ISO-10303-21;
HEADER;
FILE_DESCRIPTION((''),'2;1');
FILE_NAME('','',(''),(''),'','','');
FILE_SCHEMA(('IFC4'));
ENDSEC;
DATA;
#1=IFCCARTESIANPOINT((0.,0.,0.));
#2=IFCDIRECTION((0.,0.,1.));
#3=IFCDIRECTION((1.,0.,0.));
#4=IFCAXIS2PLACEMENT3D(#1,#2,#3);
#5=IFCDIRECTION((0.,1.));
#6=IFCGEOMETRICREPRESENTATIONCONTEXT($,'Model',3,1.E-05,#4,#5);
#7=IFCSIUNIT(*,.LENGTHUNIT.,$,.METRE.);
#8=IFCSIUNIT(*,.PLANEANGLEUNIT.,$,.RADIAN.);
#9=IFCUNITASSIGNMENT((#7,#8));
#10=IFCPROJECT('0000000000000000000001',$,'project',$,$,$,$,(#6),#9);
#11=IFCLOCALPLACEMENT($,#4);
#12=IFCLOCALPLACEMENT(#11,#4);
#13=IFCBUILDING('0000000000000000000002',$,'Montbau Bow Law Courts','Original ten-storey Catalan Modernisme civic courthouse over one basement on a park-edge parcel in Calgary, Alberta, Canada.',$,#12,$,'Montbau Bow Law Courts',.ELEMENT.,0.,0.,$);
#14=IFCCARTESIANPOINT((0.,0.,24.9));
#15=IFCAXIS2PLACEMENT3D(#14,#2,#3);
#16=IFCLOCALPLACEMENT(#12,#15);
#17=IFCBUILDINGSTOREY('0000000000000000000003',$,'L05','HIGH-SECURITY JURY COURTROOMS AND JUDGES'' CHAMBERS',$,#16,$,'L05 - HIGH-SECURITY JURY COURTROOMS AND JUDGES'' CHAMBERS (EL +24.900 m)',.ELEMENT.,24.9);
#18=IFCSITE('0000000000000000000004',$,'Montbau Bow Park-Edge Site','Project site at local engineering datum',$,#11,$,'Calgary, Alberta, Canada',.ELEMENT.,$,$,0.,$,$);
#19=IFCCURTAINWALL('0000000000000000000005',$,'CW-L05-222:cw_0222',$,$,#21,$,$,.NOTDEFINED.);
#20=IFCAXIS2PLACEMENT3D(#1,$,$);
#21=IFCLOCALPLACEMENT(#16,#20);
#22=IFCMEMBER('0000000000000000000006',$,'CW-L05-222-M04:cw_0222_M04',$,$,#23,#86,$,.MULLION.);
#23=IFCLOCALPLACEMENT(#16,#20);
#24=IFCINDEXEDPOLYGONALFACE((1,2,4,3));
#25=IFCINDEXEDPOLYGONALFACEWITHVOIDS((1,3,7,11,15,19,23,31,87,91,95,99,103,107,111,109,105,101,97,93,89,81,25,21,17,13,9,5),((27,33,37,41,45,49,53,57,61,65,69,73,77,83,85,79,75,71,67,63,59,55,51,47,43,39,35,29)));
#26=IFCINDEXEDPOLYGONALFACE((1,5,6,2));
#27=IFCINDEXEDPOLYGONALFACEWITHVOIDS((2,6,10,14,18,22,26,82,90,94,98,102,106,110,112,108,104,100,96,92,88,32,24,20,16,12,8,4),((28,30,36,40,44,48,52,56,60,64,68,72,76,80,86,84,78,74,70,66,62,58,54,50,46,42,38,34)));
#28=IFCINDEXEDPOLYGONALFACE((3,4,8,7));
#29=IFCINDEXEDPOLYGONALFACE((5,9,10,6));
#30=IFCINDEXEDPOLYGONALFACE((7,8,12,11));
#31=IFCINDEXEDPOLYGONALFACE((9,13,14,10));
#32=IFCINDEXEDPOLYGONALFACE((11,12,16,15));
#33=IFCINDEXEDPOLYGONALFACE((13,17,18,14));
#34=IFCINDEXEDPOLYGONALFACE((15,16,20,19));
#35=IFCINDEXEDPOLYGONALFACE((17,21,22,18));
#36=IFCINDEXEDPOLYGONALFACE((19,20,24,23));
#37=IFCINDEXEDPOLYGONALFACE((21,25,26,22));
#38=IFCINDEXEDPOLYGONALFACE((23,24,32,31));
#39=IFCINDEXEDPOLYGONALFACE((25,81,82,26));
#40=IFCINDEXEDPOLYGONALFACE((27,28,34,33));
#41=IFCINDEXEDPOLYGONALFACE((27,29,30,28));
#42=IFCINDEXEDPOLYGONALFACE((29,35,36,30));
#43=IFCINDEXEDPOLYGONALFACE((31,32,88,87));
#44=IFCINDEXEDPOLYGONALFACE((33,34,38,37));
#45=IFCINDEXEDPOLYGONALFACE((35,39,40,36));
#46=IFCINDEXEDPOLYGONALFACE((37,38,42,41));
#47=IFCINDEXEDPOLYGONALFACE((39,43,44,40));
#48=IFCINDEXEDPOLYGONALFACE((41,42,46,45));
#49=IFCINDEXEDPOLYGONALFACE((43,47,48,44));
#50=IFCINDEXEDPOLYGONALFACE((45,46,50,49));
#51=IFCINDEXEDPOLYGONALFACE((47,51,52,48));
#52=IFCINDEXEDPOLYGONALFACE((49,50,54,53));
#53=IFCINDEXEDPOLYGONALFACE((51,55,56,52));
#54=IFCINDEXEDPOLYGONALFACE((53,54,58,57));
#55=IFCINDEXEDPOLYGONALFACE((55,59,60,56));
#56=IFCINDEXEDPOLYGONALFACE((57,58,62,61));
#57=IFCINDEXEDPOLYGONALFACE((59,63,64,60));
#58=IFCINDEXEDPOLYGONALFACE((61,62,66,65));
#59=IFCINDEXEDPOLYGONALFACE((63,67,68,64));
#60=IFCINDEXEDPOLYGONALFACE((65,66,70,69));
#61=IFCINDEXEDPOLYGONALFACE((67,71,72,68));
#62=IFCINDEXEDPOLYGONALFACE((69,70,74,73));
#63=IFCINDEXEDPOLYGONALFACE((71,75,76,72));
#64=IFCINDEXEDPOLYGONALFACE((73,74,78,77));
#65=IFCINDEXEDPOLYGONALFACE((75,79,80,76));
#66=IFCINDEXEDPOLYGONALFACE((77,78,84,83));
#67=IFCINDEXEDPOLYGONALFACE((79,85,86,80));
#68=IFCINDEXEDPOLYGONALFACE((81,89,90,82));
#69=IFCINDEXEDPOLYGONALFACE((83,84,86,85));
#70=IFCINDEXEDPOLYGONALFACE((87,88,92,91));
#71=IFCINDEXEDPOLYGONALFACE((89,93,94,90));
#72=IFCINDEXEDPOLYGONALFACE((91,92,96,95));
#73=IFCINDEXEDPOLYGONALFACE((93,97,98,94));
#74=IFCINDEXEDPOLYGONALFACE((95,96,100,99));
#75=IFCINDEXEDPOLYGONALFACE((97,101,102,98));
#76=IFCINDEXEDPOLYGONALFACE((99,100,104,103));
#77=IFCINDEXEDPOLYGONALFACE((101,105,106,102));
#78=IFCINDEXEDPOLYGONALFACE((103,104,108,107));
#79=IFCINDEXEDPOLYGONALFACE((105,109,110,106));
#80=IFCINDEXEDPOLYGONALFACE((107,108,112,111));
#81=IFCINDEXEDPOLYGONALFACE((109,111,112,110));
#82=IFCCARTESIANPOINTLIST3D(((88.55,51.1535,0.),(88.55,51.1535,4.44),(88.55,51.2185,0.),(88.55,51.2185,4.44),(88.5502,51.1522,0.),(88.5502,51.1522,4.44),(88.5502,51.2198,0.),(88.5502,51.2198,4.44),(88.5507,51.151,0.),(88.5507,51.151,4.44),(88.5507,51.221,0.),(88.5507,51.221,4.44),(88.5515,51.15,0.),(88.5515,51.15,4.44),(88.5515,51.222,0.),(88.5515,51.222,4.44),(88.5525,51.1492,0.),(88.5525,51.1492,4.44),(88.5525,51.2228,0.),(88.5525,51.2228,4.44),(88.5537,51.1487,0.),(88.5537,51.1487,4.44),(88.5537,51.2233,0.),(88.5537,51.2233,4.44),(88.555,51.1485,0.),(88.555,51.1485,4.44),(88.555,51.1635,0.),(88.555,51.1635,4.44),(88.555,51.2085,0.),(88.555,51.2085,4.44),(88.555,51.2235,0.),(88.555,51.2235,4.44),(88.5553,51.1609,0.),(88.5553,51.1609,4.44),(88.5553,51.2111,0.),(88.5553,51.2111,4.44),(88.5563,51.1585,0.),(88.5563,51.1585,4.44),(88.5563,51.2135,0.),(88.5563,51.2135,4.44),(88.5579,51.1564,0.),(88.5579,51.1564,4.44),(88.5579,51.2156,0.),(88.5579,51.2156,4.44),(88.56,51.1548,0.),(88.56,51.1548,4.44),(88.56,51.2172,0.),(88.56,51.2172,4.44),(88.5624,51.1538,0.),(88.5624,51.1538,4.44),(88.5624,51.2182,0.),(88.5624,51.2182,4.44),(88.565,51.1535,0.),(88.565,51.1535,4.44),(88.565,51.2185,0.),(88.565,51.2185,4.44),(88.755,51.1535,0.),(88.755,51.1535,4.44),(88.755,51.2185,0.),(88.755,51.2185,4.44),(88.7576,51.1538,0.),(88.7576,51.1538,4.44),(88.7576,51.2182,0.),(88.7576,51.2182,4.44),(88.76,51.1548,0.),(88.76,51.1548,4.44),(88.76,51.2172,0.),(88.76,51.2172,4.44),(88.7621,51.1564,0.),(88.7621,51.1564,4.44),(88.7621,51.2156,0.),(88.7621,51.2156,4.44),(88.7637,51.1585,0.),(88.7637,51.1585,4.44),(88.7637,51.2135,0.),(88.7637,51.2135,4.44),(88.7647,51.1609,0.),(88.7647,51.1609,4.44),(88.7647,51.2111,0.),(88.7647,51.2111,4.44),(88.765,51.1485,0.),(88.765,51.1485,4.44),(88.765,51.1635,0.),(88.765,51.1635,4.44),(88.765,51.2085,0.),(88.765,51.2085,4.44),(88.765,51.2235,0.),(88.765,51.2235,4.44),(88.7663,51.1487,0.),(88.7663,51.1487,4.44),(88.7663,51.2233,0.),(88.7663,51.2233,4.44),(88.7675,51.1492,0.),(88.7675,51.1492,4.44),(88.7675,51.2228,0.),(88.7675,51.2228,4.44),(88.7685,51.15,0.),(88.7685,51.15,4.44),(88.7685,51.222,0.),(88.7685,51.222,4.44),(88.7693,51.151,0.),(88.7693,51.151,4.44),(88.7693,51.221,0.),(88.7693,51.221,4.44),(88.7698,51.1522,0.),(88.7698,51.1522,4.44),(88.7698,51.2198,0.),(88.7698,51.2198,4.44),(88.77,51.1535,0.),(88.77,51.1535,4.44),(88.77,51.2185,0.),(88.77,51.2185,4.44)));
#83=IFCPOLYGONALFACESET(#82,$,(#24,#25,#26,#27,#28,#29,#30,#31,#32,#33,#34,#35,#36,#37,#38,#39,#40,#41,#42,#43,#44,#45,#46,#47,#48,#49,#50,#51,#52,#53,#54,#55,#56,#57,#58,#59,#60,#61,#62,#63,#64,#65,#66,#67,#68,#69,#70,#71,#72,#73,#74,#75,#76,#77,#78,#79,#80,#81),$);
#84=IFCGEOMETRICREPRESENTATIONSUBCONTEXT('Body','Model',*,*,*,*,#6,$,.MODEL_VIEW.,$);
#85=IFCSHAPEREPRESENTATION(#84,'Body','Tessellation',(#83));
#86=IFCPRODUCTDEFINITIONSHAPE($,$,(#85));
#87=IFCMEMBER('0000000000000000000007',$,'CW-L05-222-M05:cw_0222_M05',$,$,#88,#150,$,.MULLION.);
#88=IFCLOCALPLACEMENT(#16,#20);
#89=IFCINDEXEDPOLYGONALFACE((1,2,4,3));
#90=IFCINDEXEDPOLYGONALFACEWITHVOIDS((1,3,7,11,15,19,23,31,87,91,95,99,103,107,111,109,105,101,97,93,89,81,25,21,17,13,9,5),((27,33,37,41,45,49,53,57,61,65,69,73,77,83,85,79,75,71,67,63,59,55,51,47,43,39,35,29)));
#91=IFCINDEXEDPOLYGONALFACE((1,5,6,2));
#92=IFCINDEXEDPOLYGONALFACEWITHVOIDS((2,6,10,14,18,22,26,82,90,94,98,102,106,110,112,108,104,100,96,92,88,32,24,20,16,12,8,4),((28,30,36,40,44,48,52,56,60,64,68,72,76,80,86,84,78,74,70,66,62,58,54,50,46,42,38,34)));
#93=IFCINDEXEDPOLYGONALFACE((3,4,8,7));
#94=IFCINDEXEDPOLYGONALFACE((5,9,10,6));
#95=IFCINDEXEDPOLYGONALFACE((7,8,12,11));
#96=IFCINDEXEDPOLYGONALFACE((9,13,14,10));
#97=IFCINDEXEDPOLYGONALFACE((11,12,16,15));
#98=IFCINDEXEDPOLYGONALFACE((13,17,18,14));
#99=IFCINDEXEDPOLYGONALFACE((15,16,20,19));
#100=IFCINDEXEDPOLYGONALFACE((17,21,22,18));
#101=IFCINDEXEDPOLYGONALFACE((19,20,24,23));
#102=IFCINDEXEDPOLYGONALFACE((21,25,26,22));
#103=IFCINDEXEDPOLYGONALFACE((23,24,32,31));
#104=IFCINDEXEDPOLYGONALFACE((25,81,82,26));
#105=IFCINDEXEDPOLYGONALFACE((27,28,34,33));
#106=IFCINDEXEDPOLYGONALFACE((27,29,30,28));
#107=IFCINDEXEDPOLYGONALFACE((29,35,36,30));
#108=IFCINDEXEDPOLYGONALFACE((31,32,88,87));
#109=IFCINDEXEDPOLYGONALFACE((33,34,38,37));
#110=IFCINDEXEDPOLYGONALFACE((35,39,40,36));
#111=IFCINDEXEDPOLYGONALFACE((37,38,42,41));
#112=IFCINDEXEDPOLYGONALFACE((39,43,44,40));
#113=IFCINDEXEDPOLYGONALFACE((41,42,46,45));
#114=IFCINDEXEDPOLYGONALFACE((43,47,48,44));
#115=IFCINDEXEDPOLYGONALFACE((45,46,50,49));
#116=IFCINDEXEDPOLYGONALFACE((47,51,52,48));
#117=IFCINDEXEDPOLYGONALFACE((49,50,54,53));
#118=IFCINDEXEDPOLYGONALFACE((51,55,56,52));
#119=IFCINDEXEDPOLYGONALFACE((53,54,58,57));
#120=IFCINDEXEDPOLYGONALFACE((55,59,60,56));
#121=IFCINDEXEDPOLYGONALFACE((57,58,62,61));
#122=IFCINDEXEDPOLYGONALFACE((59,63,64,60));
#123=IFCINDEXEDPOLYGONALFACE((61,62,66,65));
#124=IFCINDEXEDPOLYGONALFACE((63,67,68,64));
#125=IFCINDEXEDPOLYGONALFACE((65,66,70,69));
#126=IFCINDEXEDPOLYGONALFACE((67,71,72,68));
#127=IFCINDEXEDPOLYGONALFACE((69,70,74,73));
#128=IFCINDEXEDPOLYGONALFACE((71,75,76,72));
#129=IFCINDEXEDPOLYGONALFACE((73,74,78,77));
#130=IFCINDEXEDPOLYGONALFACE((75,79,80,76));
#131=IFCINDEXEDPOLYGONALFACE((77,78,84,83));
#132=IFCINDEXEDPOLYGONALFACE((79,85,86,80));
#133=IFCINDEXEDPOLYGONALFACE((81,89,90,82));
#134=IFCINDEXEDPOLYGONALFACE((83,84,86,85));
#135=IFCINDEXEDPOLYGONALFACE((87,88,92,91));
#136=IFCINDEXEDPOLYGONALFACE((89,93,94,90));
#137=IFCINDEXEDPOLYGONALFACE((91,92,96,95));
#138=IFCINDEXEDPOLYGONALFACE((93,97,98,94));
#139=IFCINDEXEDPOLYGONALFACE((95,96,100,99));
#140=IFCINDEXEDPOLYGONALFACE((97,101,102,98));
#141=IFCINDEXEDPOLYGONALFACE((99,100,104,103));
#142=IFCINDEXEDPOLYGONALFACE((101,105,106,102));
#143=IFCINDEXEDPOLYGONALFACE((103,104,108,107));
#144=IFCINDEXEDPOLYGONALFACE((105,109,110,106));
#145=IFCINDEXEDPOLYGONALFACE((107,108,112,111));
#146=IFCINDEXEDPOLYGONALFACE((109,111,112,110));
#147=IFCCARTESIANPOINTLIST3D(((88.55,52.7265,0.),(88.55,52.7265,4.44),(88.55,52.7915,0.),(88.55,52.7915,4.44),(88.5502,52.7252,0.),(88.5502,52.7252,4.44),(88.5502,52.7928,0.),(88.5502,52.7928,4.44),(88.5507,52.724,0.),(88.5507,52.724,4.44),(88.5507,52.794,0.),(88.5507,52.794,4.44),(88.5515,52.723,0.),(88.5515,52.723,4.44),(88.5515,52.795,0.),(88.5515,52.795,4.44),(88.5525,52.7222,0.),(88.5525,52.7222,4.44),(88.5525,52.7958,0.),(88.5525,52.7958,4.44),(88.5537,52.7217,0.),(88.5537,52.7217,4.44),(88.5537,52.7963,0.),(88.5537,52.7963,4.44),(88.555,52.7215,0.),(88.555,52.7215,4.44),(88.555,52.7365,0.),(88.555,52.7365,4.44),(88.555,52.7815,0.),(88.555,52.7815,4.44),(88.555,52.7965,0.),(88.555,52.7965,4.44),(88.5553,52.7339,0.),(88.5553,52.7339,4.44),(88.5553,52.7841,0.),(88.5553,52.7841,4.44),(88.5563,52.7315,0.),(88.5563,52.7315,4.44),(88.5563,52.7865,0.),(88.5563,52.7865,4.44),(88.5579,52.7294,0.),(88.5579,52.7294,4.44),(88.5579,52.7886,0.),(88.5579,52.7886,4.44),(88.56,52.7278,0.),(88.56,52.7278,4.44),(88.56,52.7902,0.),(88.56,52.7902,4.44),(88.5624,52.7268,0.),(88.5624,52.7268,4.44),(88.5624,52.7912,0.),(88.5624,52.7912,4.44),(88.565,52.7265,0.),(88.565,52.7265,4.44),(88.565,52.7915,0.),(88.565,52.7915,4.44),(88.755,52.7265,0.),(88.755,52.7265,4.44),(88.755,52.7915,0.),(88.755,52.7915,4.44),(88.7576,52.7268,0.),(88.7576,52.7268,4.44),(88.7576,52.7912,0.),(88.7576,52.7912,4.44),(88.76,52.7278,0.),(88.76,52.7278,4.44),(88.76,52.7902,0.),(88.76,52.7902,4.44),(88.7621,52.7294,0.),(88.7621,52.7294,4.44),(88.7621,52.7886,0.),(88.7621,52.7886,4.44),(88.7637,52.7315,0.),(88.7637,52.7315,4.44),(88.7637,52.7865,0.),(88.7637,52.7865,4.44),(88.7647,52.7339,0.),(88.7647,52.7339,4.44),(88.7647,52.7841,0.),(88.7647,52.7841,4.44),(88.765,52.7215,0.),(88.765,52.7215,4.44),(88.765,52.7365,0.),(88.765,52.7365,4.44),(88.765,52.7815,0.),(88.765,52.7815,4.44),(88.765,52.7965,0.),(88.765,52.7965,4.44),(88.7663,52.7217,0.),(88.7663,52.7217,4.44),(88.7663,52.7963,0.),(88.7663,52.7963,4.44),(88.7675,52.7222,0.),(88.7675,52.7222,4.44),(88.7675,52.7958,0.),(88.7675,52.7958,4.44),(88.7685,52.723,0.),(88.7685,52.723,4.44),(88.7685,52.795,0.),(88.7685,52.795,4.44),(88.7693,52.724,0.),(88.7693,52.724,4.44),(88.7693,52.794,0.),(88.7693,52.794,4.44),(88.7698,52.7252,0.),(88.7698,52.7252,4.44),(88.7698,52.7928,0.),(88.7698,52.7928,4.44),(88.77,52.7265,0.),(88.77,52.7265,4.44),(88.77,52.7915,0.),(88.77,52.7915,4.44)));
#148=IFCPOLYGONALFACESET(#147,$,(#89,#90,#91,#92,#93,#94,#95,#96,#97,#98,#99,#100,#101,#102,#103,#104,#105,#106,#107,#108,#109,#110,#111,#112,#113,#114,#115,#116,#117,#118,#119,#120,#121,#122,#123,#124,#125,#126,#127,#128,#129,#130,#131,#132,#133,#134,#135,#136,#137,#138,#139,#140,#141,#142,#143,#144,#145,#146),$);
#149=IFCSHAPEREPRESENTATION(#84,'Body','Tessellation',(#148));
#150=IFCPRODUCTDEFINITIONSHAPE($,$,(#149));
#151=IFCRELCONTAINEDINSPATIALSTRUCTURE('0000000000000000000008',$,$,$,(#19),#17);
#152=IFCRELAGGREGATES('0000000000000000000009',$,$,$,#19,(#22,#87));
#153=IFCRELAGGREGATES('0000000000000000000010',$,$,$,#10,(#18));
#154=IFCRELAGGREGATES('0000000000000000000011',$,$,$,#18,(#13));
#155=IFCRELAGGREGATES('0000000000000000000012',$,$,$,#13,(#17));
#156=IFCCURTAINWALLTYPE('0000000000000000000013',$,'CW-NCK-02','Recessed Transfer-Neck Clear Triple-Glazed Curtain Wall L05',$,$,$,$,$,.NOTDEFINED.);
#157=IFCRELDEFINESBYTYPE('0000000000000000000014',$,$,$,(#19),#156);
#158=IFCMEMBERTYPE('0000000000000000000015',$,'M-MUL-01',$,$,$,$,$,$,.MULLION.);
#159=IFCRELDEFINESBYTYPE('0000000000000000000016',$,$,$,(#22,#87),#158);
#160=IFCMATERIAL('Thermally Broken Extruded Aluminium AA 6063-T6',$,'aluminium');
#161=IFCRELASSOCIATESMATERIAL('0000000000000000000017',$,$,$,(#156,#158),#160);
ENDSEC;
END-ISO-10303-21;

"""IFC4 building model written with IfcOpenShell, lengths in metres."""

from ifc_helpers import new_model, si_unit, direction, frame, origin_with_axes, origin_2d_with_axis, place, context, subcontext, project, spatial, hollow_rectangle, extrude, material, material_profile, profile_set, type_object, element, aggregate, save


model = new_model("IFC4")

# Units and contexts
model_context = context("Model", 3, precision=1e-05, world=origin_with_axes(), true_north=direction((0.0, 1.0)))
body_context = subcontext(model_context, "Body", "Model", "MODEL_VIEW")
ifc_project = project(units=[si_unit("LENGTHUNIT", "METRE"), si_unit("PLANEANGLEUNIT", "RADIAN")], contexts=[model_context])

# Site, building, storey
site_placement = place(None, origin_with_axes())
site = spatial("IfcSite", under=ifc_project, at=site_placement, Name="Montbau Bow Park-Edge Site", Description="Project site at local engineering datum", LongName="Calgary, Alberta, Canada", CompositionType="ELEMENT", RefElevation=0.0)
building_placement = place(site_placement, origin_with_axes())
building = spatial("IfcBuilding", under=site, at=building_placement, Name="Montbau Bow Law Courts", Description="Original ten-storey Catalan Modernisme civic courthouse over one basement on a park-edge parcel in Calgary, Alberta, Canada.", LongName="Montbau Bow Law Courts", CompositionType="ELEMENT", ElevationOfRefHeight=0.0, ElevationOfTerrain=0.0)
storey_placement = place(building_placement, frame((0.0, 0.0, 24.9), z_axis=(0.0, 0.0, 1.0), x_axis=(1.0, 0.0, 0.0)))
storey = spatial("IfcBuildingStorey", under=building, at=storey_placement, Name="L05", Description="HIGH-SECURITY JURY COURTROOMS AND JUDGES' CHAMBERS", LongName="L05 - HIGH-SECURITY JURY COURTROOMS AND JUDGES' CHAMBERS (EL +24.900 m)", CompositionType="ELEMENT", Elevation=24.9)

# Curtain wall, members
ifc_material_1 = material(Name="Thermally Broken Extruded Aluminium AA 6063-T6", Category="aluminium")
curtain_wall_type = type_object("IfcCurtainWallType", Name="CW-NCK-02", Description="Recessed Transfer-Neck Clear Triple-Glazed Curtain Wall L05", PredefinedType="NOTDEFINED", material=ifc_material_1)
curtain_wall_1_placement = place(None, frame((88.66, 46.468, 24.9), z_axis=(0.0, 0.0, 1.0), x_axis=(1.0, 0.0, 0.0)))
curtain_wall_1 = element("IfcCurtainWall", 1, at=curtain_wall_1_placement, inside=storey, type_object=curtain_wall_type, Name="CW-L05-222:cw_0222", PredefinedType="NOTDEFINED")
ifc_material_profile_1 = material_profile(ifc_material_1, hollow_rectangle(XDim=0.075, YDim=0.22, WallThickness=0.005, InnerFilletRadius=0.01, OuterFilletRadius=0.005, at=origin_2d_with_axis()), Name="CWM-220X75", Category="Main", Priority=0)
ifc_profile_set_1 = profile_set([ifc_material_profile_1], Name="Thermally Broken Extruded Aluminium AA 6063-T6")
member_type_1 = type_object("IfcMemberType", Name="M-MUL-01", PredefinedType="MULLION", material=ifc_profile_set_1)
member_1_placement = place(None, frame((88.66, 51.186, 24.9), z_axis=(0.0, 0.0, 1.0), x_axis=(0.0, 1.0, 0.0)))
member_1 = element("IfcMember", 2, at=member_1_placement, type_object=member_type_1, Name="CW-L05-222-M04:cw_0222_M04", PredefinedType="MULLION", context=body_context, shape_type="SweptSolid", body=[
    extrude(hollow_rectangle(XDim=0.075, YDim=0.22, WallThickness=0.005, InnerFilletRadius=0.01, OuterFilletRadius=0.005, at=origin_2d_with_axis()), origin_with_axes(), (0.0, 0.0, 1.0), 4.44),
])
member_2_placement = place(None, frame((88.66, 52.759, 24.9), z_axis=(0.0, 0.0, 1.0), x_axis=(0.0, 1.0, 0.0)))
member_2 = element("IfcMember", 3, at=member_2_placement, type_object=member_type_1, Name="CW-L05-222-M05:cw_0222_M05", PredefinedType="MULLION", context=body_context, shape_type="SweptSolid", body=[
    extrude(hollow_rectangle(XDim=0.075, YDim=0.22, WallThickness=0.005, InnerFilletRadius=0.01, OuterFilletRadius=0.005, at=origin_2d_with_axis()), origin_with_axes(), (0.0, 0.0, 1.0), 4.44),
])

aggregate(curtain_wall_1, [member_1, member_2])

save(model, "model.ifc")
